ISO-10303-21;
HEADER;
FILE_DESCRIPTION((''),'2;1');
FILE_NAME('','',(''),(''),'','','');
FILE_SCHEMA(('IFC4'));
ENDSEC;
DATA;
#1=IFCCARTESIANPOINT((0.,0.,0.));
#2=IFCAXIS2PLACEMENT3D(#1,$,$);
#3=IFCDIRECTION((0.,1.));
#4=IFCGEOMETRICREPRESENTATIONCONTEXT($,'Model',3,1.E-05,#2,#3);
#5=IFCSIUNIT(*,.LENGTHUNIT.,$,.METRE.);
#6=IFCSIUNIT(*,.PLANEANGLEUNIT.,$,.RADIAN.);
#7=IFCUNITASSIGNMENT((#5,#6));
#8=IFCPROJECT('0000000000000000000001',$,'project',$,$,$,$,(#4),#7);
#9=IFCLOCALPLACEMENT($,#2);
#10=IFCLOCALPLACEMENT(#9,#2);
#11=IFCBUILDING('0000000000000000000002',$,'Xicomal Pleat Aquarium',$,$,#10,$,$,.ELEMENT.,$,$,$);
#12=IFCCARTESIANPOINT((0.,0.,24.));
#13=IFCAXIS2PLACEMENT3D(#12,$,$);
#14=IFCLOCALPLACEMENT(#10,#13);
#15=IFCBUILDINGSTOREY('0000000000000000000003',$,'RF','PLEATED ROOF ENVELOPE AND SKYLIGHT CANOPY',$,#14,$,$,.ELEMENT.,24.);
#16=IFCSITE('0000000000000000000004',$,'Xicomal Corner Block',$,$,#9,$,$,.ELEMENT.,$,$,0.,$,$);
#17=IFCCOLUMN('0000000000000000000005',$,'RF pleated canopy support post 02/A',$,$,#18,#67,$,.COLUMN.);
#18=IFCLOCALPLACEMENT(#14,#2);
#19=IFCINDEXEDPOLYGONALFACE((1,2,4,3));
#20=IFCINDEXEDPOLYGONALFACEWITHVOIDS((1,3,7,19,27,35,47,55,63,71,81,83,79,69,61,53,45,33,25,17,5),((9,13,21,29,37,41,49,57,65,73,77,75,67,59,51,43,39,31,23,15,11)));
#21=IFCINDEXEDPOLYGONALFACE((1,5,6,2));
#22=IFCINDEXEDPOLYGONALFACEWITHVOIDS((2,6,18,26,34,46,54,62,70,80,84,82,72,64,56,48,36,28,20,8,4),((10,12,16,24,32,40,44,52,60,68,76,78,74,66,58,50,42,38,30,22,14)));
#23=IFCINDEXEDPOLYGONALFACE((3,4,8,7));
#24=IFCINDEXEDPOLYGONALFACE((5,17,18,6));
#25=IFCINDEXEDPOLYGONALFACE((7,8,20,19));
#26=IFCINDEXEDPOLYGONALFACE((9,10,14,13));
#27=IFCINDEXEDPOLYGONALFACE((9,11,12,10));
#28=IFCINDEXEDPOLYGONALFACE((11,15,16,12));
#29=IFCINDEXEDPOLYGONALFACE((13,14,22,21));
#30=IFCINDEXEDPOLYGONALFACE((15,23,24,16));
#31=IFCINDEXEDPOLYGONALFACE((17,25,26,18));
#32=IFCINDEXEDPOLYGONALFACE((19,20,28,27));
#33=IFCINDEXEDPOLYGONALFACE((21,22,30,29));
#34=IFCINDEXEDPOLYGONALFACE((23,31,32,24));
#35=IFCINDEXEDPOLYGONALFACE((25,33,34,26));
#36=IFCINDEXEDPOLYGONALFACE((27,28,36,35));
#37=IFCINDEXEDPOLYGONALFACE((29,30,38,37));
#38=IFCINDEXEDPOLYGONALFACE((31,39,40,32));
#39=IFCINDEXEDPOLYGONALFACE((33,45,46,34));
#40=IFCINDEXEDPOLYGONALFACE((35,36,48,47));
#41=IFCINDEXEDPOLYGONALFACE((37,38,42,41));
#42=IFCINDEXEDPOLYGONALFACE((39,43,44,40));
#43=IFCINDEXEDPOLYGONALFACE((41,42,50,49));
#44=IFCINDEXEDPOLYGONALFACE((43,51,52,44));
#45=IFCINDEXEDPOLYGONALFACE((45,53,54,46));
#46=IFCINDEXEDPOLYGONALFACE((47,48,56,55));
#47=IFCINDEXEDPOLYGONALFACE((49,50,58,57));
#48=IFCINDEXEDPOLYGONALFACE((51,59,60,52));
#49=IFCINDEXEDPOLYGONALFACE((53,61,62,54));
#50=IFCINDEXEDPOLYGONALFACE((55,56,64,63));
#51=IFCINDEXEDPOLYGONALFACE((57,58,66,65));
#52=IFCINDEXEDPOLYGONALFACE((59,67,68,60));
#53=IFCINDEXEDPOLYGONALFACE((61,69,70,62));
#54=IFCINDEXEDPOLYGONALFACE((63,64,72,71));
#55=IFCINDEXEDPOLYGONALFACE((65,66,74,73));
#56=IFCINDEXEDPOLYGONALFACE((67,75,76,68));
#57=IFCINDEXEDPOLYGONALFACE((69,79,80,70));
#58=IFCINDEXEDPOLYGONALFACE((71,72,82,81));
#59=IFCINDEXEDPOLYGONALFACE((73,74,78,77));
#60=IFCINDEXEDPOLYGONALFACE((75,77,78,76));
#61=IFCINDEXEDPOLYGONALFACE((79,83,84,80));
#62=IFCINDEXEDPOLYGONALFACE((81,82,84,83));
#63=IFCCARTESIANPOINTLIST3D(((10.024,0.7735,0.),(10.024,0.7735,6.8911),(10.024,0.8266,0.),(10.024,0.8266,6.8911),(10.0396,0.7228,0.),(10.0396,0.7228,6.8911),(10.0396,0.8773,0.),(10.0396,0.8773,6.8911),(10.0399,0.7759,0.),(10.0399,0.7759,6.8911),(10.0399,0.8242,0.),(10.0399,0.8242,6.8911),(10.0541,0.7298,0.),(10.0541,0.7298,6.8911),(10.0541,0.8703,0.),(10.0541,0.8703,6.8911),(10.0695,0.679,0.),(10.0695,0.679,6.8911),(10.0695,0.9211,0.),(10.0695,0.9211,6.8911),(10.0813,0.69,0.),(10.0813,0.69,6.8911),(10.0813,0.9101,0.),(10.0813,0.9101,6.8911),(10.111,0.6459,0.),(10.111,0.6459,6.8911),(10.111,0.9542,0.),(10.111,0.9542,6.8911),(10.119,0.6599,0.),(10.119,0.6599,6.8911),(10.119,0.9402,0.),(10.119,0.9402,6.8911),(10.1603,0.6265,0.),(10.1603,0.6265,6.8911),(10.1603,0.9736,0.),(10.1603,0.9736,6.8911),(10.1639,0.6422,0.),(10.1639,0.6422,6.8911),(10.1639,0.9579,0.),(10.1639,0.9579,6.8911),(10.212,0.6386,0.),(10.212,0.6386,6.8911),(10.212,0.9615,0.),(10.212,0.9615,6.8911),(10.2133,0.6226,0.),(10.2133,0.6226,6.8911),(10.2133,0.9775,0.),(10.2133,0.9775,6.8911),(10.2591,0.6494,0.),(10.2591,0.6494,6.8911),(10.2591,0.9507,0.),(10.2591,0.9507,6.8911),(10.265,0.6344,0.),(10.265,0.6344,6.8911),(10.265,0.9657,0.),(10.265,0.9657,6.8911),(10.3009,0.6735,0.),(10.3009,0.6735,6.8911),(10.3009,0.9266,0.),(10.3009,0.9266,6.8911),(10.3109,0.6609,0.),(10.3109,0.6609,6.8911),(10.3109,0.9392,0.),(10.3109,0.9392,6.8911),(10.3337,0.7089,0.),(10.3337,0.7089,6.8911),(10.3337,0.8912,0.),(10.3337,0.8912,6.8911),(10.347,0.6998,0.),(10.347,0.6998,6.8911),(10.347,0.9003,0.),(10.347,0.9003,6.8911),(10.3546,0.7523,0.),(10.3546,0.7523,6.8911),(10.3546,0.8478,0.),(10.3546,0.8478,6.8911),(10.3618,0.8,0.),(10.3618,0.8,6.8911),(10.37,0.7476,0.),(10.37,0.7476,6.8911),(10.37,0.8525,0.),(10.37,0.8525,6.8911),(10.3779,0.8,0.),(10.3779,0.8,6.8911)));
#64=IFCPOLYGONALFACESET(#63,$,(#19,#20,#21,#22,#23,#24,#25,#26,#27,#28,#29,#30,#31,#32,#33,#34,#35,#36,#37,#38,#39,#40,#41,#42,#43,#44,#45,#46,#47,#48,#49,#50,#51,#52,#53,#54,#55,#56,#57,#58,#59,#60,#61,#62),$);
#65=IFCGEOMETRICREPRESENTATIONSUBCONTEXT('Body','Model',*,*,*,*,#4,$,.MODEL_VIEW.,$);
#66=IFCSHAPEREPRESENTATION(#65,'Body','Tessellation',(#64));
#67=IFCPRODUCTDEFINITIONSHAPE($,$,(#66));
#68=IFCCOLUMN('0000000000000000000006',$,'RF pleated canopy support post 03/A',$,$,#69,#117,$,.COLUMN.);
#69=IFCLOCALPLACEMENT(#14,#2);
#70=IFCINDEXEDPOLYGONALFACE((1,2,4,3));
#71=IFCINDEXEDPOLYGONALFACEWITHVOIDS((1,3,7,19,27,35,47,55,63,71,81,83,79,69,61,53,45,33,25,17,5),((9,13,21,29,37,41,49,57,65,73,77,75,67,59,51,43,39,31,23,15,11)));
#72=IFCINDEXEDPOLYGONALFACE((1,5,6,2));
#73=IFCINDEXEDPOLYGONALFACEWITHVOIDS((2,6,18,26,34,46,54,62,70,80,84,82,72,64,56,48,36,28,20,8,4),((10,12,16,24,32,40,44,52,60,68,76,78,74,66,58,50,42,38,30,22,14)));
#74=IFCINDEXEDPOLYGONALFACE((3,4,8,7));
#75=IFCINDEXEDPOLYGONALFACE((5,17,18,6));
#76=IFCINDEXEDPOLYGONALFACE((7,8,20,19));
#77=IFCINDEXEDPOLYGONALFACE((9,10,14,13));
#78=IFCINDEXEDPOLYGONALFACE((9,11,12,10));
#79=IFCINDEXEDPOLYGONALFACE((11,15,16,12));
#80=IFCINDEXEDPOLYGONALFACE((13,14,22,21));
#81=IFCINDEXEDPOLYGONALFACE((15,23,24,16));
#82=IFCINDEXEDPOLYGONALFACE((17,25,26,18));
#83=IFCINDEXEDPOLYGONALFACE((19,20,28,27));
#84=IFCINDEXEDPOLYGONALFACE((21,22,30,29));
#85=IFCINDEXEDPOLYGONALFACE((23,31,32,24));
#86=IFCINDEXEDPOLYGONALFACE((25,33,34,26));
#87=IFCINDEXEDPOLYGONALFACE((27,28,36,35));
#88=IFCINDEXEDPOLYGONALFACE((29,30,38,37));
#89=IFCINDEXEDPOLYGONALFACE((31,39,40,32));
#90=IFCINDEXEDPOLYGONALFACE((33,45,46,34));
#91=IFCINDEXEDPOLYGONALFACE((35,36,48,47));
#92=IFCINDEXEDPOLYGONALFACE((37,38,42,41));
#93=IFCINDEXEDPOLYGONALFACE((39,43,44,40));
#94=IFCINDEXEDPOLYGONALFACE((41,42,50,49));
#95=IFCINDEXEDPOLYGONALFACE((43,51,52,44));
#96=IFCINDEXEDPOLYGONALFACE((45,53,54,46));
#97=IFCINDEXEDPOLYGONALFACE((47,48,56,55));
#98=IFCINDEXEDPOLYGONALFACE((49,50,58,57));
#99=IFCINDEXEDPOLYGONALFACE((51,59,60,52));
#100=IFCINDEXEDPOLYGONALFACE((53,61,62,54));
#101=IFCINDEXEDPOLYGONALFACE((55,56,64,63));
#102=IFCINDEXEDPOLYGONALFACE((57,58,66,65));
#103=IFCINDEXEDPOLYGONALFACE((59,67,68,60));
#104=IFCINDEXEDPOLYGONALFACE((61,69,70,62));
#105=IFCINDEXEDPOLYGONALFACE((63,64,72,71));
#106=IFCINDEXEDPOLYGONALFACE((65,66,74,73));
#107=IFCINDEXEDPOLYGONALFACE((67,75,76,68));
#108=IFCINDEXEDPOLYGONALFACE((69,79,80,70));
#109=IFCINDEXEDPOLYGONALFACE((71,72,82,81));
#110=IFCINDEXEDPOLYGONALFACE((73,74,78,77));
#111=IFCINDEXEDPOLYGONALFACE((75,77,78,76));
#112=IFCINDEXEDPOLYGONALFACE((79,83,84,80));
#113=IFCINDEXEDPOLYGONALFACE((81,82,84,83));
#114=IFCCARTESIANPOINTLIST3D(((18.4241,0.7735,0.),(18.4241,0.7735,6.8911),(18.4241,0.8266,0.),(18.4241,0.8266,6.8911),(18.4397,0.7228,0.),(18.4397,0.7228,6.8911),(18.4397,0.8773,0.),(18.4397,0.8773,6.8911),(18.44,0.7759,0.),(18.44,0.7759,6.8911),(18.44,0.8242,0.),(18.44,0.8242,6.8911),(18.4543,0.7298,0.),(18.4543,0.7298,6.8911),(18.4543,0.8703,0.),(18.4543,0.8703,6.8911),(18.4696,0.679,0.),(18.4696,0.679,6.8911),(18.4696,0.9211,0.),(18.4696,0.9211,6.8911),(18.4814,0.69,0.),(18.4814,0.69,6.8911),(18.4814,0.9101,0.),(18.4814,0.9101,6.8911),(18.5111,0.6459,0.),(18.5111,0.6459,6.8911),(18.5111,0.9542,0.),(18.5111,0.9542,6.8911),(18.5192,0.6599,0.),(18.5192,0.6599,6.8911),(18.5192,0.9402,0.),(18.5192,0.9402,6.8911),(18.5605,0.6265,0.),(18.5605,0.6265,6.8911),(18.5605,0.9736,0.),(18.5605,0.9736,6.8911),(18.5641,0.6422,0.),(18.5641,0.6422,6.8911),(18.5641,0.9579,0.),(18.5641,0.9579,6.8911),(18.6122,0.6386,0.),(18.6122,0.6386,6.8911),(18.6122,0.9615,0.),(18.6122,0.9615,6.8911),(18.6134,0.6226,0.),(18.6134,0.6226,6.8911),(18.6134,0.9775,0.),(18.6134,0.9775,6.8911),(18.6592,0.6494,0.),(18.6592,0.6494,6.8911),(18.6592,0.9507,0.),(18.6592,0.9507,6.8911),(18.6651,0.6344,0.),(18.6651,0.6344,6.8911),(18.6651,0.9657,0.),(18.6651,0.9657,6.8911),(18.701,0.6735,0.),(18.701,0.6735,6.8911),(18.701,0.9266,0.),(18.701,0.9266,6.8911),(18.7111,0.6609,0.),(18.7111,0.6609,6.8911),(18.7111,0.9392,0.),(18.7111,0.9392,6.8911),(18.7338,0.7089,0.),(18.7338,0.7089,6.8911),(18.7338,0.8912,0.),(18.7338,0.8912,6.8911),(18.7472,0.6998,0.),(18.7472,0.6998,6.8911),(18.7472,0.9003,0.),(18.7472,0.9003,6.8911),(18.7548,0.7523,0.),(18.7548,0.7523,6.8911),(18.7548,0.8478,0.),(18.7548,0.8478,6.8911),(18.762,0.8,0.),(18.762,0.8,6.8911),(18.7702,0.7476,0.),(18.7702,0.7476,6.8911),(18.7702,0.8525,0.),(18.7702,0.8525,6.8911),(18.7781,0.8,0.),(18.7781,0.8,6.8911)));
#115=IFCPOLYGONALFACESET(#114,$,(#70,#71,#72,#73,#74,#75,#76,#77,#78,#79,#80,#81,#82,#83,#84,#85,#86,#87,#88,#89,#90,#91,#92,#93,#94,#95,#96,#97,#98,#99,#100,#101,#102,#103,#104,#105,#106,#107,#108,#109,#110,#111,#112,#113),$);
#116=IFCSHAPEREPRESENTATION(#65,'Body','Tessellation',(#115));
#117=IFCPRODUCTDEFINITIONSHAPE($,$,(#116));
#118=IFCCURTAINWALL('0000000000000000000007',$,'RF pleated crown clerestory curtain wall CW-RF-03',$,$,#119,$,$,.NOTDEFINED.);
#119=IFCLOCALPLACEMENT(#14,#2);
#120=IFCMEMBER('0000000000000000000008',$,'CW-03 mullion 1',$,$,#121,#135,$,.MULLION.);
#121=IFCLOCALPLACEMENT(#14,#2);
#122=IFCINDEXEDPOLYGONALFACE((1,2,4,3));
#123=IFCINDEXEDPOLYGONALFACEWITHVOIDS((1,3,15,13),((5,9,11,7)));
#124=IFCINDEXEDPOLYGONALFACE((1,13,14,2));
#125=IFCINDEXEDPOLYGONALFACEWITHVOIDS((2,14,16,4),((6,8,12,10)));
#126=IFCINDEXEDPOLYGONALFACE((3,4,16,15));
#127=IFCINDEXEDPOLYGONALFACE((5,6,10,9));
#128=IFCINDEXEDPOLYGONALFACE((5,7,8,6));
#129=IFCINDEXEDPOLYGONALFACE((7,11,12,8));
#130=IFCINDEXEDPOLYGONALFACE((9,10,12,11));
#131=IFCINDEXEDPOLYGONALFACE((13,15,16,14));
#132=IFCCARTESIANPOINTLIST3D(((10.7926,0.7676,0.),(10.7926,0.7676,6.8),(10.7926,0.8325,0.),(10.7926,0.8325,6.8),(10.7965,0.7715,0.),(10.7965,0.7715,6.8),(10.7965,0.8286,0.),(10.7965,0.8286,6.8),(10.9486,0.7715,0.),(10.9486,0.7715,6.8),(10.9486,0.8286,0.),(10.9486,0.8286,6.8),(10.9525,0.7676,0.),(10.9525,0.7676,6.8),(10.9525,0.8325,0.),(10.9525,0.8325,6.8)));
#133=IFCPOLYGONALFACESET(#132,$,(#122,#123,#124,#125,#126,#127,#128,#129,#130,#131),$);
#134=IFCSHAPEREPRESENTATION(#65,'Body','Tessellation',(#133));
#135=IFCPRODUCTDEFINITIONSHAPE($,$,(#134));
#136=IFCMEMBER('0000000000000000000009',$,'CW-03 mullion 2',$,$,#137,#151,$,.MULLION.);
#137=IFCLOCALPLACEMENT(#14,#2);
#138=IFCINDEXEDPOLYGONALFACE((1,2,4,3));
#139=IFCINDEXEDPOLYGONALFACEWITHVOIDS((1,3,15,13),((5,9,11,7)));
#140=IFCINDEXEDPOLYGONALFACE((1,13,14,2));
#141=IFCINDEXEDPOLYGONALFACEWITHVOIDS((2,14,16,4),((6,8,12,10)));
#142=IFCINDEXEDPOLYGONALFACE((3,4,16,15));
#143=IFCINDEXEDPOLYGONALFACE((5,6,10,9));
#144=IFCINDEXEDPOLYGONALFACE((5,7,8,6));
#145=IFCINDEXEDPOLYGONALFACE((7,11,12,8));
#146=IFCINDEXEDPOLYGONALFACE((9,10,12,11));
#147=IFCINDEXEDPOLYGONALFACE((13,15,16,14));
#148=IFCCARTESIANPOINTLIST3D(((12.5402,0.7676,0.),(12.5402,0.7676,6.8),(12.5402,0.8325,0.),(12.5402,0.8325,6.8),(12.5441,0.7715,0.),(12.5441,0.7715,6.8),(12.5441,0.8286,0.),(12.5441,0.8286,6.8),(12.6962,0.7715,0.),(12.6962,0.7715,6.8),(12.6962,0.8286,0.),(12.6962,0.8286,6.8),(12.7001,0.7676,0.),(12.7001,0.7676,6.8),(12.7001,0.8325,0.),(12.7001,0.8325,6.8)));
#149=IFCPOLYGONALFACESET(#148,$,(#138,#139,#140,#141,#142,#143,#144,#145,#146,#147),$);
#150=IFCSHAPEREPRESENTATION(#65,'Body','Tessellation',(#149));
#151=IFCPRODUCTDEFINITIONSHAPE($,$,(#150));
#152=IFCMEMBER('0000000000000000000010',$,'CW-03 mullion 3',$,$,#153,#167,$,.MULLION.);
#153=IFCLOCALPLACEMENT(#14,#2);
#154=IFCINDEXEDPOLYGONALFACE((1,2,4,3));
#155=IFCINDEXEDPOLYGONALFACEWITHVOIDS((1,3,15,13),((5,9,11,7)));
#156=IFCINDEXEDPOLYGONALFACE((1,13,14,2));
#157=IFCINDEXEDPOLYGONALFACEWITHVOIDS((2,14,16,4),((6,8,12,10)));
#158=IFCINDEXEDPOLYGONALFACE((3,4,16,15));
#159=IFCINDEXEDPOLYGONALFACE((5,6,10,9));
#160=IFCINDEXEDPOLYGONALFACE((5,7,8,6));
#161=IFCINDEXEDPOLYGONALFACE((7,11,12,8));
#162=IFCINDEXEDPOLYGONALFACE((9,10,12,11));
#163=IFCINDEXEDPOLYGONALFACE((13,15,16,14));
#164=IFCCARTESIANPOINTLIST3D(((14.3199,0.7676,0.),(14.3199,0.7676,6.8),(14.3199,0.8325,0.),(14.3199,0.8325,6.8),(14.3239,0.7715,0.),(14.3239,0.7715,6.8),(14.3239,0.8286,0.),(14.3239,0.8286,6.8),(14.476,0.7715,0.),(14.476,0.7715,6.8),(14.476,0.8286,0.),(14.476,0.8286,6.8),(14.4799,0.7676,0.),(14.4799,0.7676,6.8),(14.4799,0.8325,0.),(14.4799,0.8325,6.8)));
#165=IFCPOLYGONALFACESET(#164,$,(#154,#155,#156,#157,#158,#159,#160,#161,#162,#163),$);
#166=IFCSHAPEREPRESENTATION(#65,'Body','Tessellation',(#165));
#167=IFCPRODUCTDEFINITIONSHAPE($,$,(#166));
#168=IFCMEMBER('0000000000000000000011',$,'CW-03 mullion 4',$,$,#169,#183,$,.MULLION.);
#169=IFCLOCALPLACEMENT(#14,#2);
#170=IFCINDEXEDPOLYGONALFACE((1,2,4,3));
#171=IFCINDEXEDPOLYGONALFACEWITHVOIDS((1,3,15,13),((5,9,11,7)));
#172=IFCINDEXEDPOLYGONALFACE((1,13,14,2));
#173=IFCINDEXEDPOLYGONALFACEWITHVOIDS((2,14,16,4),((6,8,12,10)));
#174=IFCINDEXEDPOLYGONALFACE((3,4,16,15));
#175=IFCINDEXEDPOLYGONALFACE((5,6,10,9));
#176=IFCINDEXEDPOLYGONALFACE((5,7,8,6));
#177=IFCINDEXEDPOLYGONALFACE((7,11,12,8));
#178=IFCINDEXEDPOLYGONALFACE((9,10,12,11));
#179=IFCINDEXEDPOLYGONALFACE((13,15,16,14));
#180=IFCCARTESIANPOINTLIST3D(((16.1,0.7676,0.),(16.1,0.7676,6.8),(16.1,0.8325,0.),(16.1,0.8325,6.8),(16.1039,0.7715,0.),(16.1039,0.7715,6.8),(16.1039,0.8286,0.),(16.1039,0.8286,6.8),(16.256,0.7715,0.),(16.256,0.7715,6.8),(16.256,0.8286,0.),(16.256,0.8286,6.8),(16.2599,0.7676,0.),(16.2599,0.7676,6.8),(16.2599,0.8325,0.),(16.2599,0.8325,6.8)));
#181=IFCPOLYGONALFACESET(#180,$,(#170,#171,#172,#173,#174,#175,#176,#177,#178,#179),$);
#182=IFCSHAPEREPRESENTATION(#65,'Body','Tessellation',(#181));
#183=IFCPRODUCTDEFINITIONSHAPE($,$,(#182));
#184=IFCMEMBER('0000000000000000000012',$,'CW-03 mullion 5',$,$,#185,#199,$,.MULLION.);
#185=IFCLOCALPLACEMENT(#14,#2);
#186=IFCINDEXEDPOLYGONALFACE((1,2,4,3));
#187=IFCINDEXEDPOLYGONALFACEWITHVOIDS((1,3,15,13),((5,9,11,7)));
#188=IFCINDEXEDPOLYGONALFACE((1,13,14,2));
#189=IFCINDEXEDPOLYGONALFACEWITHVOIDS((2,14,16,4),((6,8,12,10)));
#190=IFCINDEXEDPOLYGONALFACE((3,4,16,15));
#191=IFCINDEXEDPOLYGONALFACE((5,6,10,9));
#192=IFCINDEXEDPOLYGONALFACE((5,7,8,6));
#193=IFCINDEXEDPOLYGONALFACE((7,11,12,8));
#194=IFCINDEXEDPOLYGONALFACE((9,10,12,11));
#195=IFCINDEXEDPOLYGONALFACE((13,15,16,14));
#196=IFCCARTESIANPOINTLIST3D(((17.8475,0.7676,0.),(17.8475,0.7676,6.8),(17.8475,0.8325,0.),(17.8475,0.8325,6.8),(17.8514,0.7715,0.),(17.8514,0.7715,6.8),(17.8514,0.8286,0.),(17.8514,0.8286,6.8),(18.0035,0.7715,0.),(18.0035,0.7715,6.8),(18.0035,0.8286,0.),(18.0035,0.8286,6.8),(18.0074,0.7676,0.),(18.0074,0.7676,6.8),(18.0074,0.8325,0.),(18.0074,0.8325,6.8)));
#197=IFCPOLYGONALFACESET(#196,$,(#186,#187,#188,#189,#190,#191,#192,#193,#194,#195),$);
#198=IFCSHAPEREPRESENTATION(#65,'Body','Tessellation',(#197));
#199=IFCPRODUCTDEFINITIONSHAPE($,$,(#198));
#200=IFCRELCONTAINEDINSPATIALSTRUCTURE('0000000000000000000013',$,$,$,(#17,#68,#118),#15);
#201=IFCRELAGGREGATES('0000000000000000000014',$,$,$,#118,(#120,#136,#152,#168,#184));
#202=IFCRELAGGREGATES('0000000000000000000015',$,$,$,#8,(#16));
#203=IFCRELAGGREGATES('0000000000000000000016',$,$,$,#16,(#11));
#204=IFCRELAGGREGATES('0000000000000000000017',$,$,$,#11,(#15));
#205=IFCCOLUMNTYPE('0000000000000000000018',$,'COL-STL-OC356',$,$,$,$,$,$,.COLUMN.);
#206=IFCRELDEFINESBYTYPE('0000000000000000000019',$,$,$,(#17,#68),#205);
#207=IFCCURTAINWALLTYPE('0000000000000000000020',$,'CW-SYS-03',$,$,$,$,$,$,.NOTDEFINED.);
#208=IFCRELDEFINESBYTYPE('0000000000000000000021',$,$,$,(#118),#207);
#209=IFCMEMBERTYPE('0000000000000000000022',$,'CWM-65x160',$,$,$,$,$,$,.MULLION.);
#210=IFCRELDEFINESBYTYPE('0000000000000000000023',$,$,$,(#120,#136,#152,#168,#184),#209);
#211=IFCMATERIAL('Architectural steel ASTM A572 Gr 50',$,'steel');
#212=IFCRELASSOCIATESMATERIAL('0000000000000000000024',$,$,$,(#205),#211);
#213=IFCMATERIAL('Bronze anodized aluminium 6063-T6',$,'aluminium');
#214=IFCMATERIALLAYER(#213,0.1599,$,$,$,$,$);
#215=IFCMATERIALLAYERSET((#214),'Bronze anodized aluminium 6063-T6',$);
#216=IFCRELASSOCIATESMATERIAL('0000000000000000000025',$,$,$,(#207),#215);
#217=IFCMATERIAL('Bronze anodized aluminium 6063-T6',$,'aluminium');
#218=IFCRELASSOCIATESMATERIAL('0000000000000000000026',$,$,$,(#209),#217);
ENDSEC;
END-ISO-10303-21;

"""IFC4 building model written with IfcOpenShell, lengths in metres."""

from ifc_helpers import new_model, si_unit, direction, frame, origin, origin_2d, place, context, subcontext, project, spatial, hollow_rectangle, hollow_circle, extrude, material, layer, layer_set, material_profile, profile_set, type_object, element, aggregate, save


model = new_model("IFC4")

# Units and contexts
model_context = context("Model", 3, precision=1e-05, world=origin(), true_north=direction((0.0, 1.0)))
body_context = subcontext(model_context, "Body", "Model", "MODEL_VIEW")
ifc_project = project(units=[si_unit("LENGTHUNIT", "METRE"), si_unit("PLANEANGLEUNIT", "RADIAN")], contexts=[model_context])

# Site, building, storey
site_placement = place(None, origin())
site = spatial("IfcSite", under=ifc_project, at=site_placement, Name="Xicomal Corner Block", CompositionType="ELEMENT", RefElevation=0.0)
building_placement = place(site_placement, origin())
building = spatial("IfcBuilding", under=site, at=building_placement, Name="Xicomal Pleat Aquarium", CompositionType="ELEMENT")
storey_placement = place(building_placement, frame((0.0, 0.0, 24.0)))
storey = spatial("IfcBuildingStorey", under=building, at=storey_placement, Name="RF", Description="PLEATED ROOF ENVELOPE AND SKYLIGHT CANOPY", CompositionType="ELEMENT", Elevation=24.0)

# Columns
ifc_material_1 = material(Name="Architectural steel ASTM A572 Gr 50", Category="steel")
ifc_material_profile_1 = material_profile(ifc_material_1, hollow_circle(Radius=0.178, WallThickness=0.0161, at=origin_2d()), Name="OC 356x16")
ifc_profile_set_1 = profile_set([ifc_material_profile_1], Name="Architectural steel ASTM A572 Gr 50")
column_type = type_object("IfcColumnType", Name="COL-STL-OC356", PredefinedType="COLUMN", material=ifc_profile_set_1)
for number, where, z_axis, x_axis, name in (
    (1, (10.2, 0.8, 0.0), (0.0, 0.0, 1.0), (1.0, 0.0, 0.0), "RF pleated canopy support post 02/A"),
    (2, (18.6001, 0.8, 0.0), (0.0, 0.0, 1.0), (1.0, 0.0, 0.0), "RF pleated canopy support post 03/A"),
):
    element("IfcColumn", number, at=place(storey_placement, frame(where, z_axis=z_axis, x_axis=x_axis)), inside=storey, type_object=column_type, Name=name, PredefinedType="COLUMN", context=body_context, shape_type="SweptSolid", body=[
        extrude(hollow_circle(Radius=0.178, WallThickness=0.0161, at=origin_2d()), origin(), (0.0, 0.0, 1.0), 6.8911),
    ])

# Curtain wall, members
ifc_material_2 = material(Name="Bronze anodized aluminium 6063-T6", Category="aluminium")
ifc_layer_1 = layer(ifc_material_2, 0.1599)
ifc_layer_set_1 = layer_set([ifc_layer_1], Name="Bronze anodized aluminium 6063-T6")
curtain_wall_type = type_object("IfcCurtainWallType", Name="CW-SYS-03", PredefinedType="NOTDEFINED", material=ifc_layer_set_1)
curtain_wall_placement = place(storey_placement, origin())
curtain_wall = element("IfcCurtainWall", 3, at=curtain_wall_placement, inside=storey, type_object=curtain_wall_type, Name="RF pleated crown clerestory curtain wall CW-RF-03", PredefinedType="NOTDEFINED")
ifc_material_3 = material(Name="Bronze anodized aluminium 6063-T6", Category="aluminium")
ifc_material_profile_2 = material_profile(ifc_material_3, hollow_rectangle(XDim=0.0649, YDim=0.1599, WallThickness=0.0039, at=origin_2d()), Name="ALU MULL 65x160")
ifc_profile_set_2 = profile_set([ifc_material_profile_2], Name="Bronze anodized aluminium 6063-T6")
member_type_1 = type_object("IfcMemberType", Name="CWM-65x160", PredefinedType="MULLION", material=ifc_profile_set_2)
member_1_placement = place(storey_placement, frame((10.8726, 0.8, 0.0), z_axis=(0.0, 0.0, 1.0), x_axis=(0.0, 1.0, 0.0)))
member_1 = element("IfcMember", 4, at=member_1_placement, type_object=member_type_1, Name="CW-03 mullion 1", PredefinedType="MULLION", context=body_context, shape_type="SweptSolid", body=[
    extrude(hollow_rectangle(XDim=0.0649, YDim=0.1599, WallThickness=0.0039, at=origin_2d()), origin(), (0.0, 0.0, 1.0), 6.8),
])
member_2_placement = place(storey_placement, frame((12.6201, 0.8, 0.0), z_axis=(0.0, 0.0, 1.0), x_axis=(0.0, 1.0, 0.0)))
member_2 = element("IfcMember", 5, at=member_2_placement, type_object=member_type_1, Name="CW-03 mullion 2", PredefinedType="MULLION", context=body_context, shape_type="SweptSolid", body=[
    extrude(hollow_rectangle(XDim=0.0649, YDim=0.1599, WallThickness=0.0039, at=origin_2d()), origin(), (0.0, 0.0, 1.0), 6.8),
])
member_3_placement = place(storey_placement, frame((14.3999, 0.8, 0.0), z_axis=(0.0, 0.0, 1.0), x_axis=(0.0, 1.0, 0.0)))
member_3 = element("IfcMember", 6, at=member_3_placement, type_object=member_type_1, Name="CW-03 mullion 3", PredefinedType="MULLION", context=body_context, shape_type="SweptSolid", body=[
    extrude(hollow_rectangle(XDim=0.0649, YDim=0.1599, WallThickness=0.0039, at=origin_2d()), origin(), (0.0, 0.0, 1.0), 6.8),
])
member_4_placement = place(storey_placement, frame((16.1799, 0.8, 0.0), z_axis=(0.0, 0.0, 1.0), x_axis=(0.0, 1.0, 0.0)))
member_4 = element("IfcMember", 7, at=member_4_placement, type_object=member_type_1, Name="CW-03 mullion 4", PredefinedType="MULLION", context=body_context, shape_type="SweptSolid", body=[
    extrude(hollow_rectangle(XDim=0.0649, YDim=0.1599, WallThickness=0.0039, at=origin_2d()), origin(), (0.0, 0.0, 1.0), 6.8),
])
member_5_placement = place(storey_placement, frame((17.9275, 0.8, 0.0), z_axis=(0.0, 0.0, 1.0), x_axis=(0.0, 1.0, 0.0)))
member_5 = element("IfcMember", 8, at=member_5_placement, type_object=member_type_1, Name="CW-03 mullion 5", PredefinedType="MULLION", context=body_context, shape_type="SweptSolid", body=[
    extrude(hollow_rectangle(XDim=0.0649, YDim=0.1599, WallThickness=0.0039, at=origin_2d()), origin(), (0.0, 0.0, 1.0), 6.8),
])
aggregate(curtain_wall, [member_1, member_2, member_3, member_4, member_5])

save(model, "model.ifc")
